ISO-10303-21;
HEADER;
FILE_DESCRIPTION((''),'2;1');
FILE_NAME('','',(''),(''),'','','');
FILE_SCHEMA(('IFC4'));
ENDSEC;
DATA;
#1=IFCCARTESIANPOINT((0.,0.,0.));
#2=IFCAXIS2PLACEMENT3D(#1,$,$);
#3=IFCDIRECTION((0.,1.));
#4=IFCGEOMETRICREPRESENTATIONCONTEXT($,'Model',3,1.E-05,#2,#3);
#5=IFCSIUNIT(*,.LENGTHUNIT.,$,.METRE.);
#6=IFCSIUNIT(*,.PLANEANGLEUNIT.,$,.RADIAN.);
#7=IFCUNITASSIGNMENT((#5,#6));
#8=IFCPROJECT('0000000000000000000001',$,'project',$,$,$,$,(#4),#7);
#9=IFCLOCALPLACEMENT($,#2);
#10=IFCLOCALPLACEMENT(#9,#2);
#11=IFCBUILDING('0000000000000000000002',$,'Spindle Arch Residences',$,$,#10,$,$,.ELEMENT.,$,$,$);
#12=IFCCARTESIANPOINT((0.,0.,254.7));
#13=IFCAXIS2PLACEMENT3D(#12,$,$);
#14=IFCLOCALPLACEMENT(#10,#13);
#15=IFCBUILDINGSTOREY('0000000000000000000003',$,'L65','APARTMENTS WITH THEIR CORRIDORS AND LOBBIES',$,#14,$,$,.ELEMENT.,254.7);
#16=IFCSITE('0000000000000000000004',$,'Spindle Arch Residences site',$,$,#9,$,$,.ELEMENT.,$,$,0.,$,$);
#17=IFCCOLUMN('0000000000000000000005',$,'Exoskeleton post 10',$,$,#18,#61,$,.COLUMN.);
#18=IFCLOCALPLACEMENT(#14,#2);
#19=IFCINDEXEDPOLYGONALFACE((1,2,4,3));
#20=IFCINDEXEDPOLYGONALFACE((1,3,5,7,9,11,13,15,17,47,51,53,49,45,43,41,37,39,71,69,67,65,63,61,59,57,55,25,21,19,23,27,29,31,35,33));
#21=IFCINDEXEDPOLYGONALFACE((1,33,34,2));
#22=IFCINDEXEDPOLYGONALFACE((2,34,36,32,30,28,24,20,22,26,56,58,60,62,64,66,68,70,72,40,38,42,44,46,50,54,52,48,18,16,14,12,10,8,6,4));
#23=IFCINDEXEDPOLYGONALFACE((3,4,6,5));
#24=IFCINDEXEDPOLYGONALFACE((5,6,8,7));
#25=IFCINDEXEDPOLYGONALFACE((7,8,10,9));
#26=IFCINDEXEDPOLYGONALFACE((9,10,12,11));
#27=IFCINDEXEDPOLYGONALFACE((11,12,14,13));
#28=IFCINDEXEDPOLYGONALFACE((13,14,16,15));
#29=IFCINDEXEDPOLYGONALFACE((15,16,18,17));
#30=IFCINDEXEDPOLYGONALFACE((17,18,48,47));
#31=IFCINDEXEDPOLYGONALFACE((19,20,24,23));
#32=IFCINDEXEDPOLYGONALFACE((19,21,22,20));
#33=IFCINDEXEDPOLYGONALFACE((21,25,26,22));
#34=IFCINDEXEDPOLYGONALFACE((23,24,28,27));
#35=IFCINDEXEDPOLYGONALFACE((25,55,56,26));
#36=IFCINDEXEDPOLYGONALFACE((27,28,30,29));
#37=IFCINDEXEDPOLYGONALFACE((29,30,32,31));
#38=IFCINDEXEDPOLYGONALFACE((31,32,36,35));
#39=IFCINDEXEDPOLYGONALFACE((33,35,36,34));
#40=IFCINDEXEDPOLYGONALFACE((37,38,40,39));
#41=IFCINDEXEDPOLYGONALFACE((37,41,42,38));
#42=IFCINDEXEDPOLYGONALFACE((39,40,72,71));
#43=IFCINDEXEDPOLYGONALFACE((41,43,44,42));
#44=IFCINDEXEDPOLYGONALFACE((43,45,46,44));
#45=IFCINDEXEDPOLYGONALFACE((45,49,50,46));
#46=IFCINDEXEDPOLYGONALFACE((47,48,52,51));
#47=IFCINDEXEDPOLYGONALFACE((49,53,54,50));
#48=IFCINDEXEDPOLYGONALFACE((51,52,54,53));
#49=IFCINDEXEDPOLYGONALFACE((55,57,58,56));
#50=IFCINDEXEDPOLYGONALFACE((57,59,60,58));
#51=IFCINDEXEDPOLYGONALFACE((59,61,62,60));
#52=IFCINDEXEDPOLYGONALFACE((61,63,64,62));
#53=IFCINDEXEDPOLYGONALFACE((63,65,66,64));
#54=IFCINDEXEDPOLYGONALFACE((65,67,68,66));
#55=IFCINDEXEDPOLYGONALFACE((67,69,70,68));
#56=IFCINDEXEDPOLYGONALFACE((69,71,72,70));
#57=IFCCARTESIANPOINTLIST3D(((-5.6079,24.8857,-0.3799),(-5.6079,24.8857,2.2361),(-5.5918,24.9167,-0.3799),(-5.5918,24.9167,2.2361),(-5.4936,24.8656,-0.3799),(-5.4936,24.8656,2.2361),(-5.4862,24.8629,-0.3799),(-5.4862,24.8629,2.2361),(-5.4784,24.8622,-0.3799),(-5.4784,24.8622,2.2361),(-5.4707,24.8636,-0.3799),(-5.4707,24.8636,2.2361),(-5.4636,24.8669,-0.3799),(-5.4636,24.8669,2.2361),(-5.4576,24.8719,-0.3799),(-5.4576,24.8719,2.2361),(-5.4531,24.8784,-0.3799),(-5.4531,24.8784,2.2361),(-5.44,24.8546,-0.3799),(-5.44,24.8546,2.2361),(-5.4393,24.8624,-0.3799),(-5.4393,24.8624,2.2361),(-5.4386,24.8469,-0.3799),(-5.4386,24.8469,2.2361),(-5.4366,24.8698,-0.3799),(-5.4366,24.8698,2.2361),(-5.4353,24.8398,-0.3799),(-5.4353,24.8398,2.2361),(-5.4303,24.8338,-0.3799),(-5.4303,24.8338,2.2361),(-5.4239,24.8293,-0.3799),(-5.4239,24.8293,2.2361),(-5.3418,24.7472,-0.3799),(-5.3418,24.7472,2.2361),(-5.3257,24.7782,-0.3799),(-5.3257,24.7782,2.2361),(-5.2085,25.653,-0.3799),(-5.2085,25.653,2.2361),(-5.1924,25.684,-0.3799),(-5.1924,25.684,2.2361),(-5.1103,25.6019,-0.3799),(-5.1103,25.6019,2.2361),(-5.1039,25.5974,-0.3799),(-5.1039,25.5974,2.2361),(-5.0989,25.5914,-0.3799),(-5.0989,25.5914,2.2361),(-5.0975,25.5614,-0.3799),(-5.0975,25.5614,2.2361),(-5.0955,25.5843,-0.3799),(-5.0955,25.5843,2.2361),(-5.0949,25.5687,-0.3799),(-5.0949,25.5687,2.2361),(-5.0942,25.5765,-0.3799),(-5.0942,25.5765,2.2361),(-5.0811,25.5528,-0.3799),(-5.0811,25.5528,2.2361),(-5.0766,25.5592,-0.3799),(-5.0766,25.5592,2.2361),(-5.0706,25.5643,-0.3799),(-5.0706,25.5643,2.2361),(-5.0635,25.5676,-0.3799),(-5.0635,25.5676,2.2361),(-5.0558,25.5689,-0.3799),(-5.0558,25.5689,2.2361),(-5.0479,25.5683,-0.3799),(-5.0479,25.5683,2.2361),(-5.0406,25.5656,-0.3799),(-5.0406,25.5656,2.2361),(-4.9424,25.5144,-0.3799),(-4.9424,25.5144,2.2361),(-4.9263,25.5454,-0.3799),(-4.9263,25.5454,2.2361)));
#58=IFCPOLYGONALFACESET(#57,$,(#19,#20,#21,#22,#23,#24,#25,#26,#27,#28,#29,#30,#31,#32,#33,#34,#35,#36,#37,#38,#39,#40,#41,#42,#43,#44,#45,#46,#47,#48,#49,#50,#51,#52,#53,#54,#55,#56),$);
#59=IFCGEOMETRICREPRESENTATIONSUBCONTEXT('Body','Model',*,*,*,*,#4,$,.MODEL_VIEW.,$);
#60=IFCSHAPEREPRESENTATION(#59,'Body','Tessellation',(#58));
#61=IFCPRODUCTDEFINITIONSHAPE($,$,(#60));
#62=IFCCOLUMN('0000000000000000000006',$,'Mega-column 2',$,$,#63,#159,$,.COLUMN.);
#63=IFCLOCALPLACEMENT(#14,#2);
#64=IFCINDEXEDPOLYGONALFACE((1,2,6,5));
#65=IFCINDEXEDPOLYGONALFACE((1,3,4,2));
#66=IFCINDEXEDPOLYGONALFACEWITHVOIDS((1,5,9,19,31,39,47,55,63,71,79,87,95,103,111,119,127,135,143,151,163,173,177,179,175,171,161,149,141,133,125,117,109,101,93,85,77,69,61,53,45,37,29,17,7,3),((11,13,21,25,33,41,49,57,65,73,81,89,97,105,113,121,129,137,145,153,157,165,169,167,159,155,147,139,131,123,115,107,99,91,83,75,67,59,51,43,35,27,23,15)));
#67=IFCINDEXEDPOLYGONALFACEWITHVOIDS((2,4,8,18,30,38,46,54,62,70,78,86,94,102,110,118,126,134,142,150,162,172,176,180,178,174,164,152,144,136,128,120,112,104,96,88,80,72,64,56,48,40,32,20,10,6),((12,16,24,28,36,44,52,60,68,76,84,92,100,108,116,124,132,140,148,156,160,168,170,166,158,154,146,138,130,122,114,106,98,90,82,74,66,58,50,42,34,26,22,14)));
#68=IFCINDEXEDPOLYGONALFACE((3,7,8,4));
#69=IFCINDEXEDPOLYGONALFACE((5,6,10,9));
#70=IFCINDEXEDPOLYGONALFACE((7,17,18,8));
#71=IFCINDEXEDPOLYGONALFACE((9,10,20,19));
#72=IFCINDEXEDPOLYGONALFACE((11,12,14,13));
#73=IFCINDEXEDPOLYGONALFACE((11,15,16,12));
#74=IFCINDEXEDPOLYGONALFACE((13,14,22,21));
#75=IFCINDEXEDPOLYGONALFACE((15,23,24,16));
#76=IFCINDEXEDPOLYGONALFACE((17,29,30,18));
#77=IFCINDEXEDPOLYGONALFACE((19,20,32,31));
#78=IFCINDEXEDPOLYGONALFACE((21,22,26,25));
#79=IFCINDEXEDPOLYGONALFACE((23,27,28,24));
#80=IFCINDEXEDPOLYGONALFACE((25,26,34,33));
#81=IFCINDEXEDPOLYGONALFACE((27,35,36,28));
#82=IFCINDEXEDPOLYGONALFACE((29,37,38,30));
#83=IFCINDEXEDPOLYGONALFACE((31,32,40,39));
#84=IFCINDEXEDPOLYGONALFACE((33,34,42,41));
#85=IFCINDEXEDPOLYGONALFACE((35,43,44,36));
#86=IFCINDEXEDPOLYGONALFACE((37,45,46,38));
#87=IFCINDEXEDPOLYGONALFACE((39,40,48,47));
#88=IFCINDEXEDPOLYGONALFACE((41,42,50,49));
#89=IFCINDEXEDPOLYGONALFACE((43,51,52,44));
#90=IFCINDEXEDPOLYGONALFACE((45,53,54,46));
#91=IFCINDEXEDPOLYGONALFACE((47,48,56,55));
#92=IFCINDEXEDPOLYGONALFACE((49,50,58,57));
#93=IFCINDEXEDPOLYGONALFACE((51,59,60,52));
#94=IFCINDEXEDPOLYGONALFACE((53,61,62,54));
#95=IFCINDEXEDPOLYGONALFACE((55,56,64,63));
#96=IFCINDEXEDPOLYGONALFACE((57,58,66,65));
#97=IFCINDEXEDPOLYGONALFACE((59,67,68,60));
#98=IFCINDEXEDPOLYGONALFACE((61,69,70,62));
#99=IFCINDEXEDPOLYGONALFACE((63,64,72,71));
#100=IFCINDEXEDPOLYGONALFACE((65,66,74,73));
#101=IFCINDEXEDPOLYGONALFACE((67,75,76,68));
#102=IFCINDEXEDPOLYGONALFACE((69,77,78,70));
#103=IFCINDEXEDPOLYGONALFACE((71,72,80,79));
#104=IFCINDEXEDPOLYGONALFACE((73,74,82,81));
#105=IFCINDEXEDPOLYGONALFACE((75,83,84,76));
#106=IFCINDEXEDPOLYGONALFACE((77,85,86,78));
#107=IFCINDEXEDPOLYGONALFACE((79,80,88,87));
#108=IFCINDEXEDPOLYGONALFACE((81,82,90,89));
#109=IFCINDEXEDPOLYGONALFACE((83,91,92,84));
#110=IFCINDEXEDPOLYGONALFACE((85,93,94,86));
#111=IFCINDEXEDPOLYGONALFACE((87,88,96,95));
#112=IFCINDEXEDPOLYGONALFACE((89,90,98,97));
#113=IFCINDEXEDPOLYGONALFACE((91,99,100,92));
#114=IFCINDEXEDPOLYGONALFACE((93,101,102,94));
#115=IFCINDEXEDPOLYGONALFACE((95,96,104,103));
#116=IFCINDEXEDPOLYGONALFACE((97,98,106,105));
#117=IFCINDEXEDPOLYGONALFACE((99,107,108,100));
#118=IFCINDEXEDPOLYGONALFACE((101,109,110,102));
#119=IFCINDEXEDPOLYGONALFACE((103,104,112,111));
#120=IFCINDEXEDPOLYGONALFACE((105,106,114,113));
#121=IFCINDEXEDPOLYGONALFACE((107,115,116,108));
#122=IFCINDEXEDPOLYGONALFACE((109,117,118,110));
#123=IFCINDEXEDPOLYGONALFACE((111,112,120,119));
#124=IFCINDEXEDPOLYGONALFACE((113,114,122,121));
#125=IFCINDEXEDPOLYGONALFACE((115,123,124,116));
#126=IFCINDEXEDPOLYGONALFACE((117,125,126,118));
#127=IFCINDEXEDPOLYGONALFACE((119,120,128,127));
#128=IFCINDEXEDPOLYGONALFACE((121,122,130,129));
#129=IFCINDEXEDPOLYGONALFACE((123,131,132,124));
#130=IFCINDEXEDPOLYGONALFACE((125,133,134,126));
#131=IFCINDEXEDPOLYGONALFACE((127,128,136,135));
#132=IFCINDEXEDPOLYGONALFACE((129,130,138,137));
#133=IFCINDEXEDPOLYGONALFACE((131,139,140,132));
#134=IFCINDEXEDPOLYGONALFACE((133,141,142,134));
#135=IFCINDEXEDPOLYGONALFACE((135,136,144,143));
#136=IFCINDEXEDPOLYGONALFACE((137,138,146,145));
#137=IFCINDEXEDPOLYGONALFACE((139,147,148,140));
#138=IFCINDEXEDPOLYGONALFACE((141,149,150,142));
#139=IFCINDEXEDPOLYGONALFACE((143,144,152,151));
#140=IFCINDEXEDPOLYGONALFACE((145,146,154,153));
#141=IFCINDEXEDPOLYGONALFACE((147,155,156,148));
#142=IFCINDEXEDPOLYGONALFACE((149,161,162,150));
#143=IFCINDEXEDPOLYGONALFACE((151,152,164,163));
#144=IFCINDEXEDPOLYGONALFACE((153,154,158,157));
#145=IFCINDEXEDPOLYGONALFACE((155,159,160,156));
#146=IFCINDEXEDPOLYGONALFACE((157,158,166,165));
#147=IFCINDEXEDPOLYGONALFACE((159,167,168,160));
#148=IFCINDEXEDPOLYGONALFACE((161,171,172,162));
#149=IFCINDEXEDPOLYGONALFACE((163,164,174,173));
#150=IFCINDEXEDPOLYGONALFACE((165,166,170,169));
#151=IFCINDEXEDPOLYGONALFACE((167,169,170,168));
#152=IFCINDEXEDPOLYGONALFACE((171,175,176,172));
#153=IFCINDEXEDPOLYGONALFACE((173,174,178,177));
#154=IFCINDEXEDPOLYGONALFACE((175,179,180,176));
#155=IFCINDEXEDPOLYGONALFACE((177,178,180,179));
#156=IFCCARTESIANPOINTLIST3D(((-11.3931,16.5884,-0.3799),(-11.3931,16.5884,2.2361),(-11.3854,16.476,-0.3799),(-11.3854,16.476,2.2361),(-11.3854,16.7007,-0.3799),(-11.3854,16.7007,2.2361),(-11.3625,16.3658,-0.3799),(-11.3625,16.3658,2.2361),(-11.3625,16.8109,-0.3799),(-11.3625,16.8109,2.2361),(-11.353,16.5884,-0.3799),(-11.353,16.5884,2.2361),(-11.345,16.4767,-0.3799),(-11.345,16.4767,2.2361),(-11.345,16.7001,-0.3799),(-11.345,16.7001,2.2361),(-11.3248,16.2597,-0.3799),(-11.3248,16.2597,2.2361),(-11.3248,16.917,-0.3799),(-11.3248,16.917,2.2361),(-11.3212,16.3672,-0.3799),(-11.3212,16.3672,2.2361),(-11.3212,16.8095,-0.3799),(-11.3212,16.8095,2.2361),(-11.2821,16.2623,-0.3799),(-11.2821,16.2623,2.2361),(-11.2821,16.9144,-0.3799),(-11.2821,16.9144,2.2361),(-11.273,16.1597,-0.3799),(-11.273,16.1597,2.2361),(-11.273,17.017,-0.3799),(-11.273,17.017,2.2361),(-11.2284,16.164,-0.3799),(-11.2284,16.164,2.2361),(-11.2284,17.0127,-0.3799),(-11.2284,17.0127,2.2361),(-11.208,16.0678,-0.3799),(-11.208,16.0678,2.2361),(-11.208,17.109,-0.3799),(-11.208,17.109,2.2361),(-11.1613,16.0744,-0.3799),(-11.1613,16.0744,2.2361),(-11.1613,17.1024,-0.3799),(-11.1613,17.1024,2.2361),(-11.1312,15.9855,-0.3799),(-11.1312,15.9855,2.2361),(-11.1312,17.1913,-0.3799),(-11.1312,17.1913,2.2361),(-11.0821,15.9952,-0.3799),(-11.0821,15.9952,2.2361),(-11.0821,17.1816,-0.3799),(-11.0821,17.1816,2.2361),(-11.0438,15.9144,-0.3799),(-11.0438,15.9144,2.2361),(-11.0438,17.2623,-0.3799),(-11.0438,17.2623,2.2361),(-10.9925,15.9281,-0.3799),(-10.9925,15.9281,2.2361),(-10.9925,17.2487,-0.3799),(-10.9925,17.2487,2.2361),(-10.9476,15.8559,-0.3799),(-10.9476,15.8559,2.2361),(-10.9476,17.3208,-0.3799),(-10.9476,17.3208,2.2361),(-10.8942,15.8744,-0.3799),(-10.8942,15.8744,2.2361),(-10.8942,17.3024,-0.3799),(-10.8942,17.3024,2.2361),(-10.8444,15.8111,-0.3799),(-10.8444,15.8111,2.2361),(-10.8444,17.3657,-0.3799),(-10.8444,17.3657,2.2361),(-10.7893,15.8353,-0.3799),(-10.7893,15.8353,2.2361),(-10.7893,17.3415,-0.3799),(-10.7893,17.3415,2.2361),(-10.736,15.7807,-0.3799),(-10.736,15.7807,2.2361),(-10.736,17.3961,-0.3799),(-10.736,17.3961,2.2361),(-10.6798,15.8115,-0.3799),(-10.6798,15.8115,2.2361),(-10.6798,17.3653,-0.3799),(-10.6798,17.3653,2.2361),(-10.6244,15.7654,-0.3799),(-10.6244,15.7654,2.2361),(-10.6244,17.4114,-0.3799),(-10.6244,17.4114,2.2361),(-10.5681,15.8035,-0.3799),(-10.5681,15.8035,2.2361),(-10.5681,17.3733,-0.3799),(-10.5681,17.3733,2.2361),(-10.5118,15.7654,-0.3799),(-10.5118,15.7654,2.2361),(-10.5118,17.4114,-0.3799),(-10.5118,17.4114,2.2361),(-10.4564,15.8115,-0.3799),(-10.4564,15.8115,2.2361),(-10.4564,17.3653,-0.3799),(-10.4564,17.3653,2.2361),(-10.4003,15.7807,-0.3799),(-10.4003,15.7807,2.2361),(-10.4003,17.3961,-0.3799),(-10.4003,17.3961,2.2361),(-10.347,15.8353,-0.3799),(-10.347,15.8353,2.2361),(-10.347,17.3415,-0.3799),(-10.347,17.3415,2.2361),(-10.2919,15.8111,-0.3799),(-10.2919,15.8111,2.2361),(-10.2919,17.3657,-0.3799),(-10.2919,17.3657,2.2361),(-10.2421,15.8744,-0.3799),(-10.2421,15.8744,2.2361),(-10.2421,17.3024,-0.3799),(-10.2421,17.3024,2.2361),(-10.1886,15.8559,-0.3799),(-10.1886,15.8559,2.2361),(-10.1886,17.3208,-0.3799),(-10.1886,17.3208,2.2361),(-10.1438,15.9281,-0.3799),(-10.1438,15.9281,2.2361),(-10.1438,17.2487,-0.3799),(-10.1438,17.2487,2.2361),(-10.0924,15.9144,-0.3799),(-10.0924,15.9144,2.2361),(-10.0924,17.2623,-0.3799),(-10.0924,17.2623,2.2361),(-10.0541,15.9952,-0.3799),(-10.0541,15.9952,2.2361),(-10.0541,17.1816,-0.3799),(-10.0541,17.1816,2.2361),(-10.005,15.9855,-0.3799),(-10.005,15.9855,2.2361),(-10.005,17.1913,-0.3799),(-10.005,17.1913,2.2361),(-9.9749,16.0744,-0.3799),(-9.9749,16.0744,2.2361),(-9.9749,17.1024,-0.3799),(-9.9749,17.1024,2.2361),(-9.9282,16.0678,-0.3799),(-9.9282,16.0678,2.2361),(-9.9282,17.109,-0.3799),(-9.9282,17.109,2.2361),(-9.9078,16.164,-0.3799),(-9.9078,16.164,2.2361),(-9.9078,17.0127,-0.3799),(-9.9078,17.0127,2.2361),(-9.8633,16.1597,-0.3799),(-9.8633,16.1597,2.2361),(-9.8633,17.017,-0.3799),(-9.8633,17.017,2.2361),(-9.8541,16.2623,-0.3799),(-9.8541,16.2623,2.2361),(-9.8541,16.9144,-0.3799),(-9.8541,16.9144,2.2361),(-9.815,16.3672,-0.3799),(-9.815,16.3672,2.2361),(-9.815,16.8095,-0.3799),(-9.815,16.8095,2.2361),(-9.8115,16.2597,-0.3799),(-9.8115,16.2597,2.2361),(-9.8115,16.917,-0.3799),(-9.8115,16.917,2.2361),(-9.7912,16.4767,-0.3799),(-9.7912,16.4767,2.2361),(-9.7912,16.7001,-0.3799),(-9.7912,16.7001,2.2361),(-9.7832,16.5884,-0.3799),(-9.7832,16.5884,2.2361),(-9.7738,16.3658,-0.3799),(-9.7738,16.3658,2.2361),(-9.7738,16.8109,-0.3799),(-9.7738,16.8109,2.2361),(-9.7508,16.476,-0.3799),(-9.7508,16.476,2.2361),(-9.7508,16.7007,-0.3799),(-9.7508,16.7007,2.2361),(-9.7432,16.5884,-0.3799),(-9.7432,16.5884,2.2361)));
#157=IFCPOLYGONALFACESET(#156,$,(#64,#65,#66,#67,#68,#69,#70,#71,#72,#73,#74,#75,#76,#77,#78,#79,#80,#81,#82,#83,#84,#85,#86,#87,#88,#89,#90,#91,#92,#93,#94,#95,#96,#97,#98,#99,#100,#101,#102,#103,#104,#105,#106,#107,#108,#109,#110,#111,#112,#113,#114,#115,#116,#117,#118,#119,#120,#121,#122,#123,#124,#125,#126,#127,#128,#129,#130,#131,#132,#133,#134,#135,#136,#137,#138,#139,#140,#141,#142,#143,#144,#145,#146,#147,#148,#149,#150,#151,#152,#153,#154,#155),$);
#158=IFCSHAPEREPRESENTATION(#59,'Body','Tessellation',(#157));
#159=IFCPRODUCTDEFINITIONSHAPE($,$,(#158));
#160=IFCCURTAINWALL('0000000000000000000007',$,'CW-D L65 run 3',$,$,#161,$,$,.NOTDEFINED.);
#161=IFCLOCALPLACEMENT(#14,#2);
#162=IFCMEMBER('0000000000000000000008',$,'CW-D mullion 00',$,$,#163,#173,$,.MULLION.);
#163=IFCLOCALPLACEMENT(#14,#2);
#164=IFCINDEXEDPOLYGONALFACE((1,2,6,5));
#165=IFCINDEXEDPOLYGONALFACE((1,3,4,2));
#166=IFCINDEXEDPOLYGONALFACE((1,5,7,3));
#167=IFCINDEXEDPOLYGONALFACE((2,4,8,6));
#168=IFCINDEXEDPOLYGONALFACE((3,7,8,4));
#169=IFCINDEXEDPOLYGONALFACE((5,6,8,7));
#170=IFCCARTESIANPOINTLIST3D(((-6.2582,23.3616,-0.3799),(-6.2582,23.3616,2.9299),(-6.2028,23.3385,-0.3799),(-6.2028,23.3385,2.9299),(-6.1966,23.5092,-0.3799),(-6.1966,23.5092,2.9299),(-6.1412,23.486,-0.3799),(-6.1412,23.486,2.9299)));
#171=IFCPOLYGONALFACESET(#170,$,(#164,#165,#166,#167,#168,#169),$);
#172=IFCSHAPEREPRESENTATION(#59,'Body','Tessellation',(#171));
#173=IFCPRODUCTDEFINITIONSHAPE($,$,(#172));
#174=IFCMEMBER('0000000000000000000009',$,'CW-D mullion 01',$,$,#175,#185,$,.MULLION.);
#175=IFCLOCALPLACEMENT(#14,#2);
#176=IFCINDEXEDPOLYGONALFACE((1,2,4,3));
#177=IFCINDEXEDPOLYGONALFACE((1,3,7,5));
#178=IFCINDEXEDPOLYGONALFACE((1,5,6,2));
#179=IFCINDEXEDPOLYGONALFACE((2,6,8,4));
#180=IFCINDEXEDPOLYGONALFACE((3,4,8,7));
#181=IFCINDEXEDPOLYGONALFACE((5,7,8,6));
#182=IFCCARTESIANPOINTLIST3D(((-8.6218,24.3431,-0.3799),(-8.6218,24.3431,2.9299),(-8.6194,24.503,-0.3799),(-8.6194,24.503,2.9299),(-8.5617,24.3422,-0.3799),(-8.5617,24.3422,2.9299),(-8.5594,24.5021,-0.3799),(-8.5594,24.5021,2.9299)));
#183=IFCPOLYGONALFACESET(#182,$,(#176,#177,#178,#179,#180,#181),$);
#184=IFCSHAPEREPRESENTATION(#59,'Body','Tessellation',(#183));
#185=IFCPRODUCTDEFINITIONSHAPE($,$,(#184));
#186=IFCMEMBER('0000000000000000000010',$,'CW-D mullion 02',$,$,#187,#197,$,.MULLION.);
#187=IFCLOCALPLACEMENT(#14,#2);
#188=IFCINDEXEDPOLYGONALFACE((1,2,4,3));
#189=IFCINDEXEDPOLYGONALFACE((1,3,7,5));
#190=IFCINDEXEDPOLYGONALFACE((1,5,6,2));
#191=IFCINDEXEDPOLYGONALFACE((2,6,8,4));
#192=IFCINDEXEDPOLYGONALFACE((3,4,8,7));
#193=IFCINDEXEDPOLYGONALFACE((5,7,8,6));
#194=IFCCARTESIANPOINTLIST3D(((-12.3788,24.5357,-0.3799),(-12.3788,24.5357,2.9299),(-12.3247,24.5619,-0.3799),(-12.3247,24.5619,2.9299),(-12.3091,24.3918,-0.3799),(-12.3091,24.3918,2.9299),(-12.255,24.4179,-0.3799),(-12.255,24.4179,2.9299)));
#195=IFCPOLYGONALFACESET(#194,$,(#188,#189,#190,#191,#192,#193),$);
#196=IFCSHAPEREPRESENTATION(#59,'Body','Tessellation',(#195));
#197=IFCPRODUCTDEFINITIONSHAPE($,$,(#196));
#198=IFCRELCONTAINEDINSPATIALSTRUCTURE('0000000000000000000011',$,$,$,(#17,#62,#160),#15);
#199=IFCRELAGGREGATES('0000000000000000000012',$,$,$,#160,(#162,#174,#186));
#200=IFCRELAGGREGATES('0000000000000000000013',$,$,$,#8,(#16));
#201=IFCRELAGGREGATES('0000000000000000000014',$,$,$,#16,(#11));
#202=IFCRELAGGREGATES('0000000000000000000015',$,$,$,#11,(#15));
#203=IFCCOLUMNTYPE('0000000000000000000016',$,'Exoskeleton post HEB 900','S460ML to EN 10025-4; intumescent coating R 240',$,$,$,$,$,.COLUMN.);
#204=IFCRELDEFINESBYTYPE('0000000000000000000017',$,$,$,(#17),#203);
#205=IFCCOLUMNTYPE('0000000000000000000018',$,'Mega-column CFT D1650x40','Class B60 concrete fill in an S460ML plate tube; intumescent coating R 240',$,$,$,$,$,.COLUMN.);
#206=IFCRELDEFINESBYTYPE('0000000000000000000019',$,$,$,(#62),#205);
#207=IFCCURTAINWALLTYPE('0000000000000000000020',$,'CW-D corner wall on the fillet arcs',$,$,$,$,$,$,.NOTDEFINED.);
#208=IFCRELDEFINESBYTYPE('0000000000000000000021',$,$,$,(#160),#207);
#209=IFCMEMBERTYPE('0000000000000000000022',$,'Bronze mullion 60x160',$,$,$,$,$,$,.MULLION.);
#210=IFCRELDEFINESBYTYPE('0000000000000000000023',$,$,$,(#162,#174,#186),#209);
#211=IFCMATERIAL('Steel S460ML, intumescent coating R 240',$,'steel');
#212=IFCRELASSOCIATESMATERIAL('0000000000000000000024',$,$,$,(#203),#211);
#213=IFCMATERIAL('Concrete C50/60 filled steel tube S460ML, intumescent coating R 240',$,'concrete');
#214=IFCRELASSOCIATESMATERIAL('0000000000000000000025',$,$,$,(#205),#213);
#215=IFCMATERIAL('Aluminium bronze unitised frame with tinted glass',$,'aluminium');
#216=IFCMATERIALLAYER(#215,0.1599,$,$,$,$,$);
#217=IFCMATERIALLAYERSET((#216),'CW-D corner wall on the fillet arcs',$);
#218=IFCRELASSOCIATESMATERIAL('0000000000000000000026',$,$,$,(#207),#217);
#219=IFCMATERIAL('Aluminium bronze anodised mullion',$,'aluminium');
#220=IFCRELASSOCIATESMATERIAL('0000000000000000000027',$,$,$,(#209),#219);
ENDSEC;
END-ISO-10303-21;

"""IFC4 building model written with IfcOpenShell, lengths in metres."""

from ifc_helpers import new_model, si_unit, direction, frame, origin, origin_2d, place, context, subcontext, project, spatial, rectangle, hollow_circle, i_section, extrude, material, layer, layer_set, material_profile, profile_set, type_object, element, aggregate, save


model = new_model("IFC4")

# Units and contexts
model_context = context("Model", 3, precision=1e-05, world=origin(), true_north=direction((0.0, 1.0)))
body_context = subcontext(model_context, "Body", "Model", "MODEL_VIEW")
ifc_project = project(units=[si_unit("LENGTHUNIT", "METRE"), si_unit("PLANEANGLEUNIT", "RADIAN")], contexts=[model_context])

# Site, building, storey
site_placement = place(None, origin())
site = spatial("IfcSite", under=ifc_project, at=site_placement, Name="Spindle Arch Residences site", CompositionType="ELEMENT", RefElevation=0.0)
building_placement = place(site_placement, origin())
building = spatial("IfcBuilding", under=site, at=building_placement, Name="Spindle Arch Residences", CompositionType="ELEMENT")
storey_placement = place(building_placement, frame((0.0, 0.0, 254.7)))
storey = spatial("IfcBuildingStorey", under=building, at=storey_placement, Name="L65", Description="APARTMENTS WITH THEIR CORRIDORS AND LOBBIES", CompositionType="ELEMENT", Elevation=254.7)

# Columns
ifc_material_1 = material(Name="Steel S460ML, intumescent coating R 240", Category="steel")
ifc_material_profile_1 = material_profile(ifc_material_1, i_section(OverallWidth=0.3, OverallDepth=0.8999, WebThickness=0.0186, FlangeThickness=0.0349, FilletRadius=0.03, at=origin_2d()), Name="HEB 900")
ifc_profile_set_1 = profile_set([ifc_material_profile_1], Name="Steel S460ML, intumescent coating R 240")
column_type_1 = type_object("IfcColumnType", Name="Exoskeleton post HEB 900", Description="S460ML to EN 10025-4; intumescent coating R 240", PredefinedType="COLUMN", material=ifc_profile_set_1)
column_1_placement = place(storey_placement, frame((-5.2671, 25.2156, -0.3799), z_axis=(0.0, 0.0, 1.0), x_axis=(0.887011, -0.461749, 0.0)))
element("IfcColumn", 1, at=column_1_placement, inside=storey, type_object=column_type_1, Name="Exoskeleton post 10", PredefinedType="COLUMN", context=body_context, shape_type="SweptSolid", body=[
    extrude(i_section(OverallWidth=0.3, OverallDepth=0.8999, WebThickness=0.0186, FlangeThickness=0.0349, FilletRadius=0.03, at=origin_2d()), origin(), (0.0, 0.0, 1.0), 2.616),
])
ifc_material_2 = material(Name="Concrete C50/60 filled steel tube S460ML, intumescent coating R 240", Category="concrete")
ifc_material_profile_2 = material_profile(ifc_material_2, hollow_circle(Radius=0.825, WallThickness=0.04, at=origin_2d()), Name="CFT D1650x40")
ifc_profile_set_2 = profile_set([ifc_material_profile_2], Name="Concrete C50/60 filled steel tube S460ML, intumescent coating R 240")
column_type_2 = type_object("IfcColumnType", Name="Mega-column CFT D1650x40", Description="Class B60 concrete fill in an S460ML plate tube; intumescent coating R 240", PredefinedType="COLUMN", material=ifc_profile_set_2)
column_2_placement = place(storey_placement, frame((-10.5681, 16.5884, -0.3799), z_axis=(0.0, 0.0, 1.0), x_axis=(1.0, 0.0, 0.0)))
element("IfcColumn", 2, at=column_2_placement, inside=storey, type_object=column_type_2, Name="Mega-column 2", PredefinedType="COLUMN", context=body_context, shape_type="SweptSolid", body=[
    extrude(hollow_circle(Radius=0.825, WallThickness=0.04, at=origin_2d()), origin(), (0.0, 0.0, 1.0), 2.616),
])

# Curtain wall, members
ifc_material_3 = material(Name="Aluminium bronze unitised frame with tinted glass", Category="aluminium")
ifc_layer_1 = layer(ifc_material_3, 0.1599)
ifc_layer_set_1 = layer_set([ifc_layer_1], Name="CW-D corner wall on the fillet arcs")
curtain_wall_type_1 = type_object("IfcCurtainWallType", Name="CW-D corner wall on the fillet arcs", PredefinedType="NOTDEFINED", material=ifc_layer_set_1)
curtain_wall_1_placement = place(storey_placement, origin())
curtain_wall_1 = element("IfcCurtainWall", 3, at=curtain_wall_1_placement, inside=storey, type_object=curtain_wall_type_1, Name="CW-D L65 run 3", PredefinedType="NOTDEFINED")
ifc_material_4 = material(Name="Aluminium bronze anodised mullion", Category="aluminium")
ifc_material_profile_3 = material_profile(ifc_material_4, rectangle(XDim=0.1599, YDim=0.0601, at=origin_2d()), Name="MU 60x160")
ifc_profile_set_3 = profile_set([ifc_material_profile_3], Name="Aluminium bronze anodised mullion")
member_type_1 = type_object("IfcMemberType", Name="Bronze mullion 60x160", PredefinedType="MULLION", material=ifc_profile_set_3)
member_1_placement = place(storey_placement, frame((-6.1997, 23.4238, -0.3799), z_axis=(0.0, 0.0, 1.0), x_axis=(-0.385552, -0.922686, 0.0)))
member_1 = element("IfcMember", 4, at=member_1_placement, type_object=member_type_1, Name="CW-D mullion 00", PredefinedType="MULLION", context=body_context, shape_type="SweptSolid", body=[
    extrude(rectangle(XDim=0.1599, YDim=0.0601, at=origin_2d()), origin(), (0.0, 0.0, 1.0), 3.3098),
])
member_2_placement = place(storey_placement, frame((-8.5906, 24.4226, -0.3799), z_axis=(0.0, 0.0, 1.0), x_axis=(-0.014544, -0.999894, 0.0)))
member_2 = element("IfcMember", 5, at=member_2_placement, type_object=member_type_1, Name="CW-D mullion 01", PredefinedType="MULLION", context=body_context, shape_type="SweptSolid", body=[
    extrude(rectangle(XDim=0.1599, YDim=0.0601, at=origin_2d()), origin(), (0.0, 0.0, 1.0), 3.3098),
])
member_3_placement = place(storey_placement, frame((-12.3169, 24.4768, -0.3799), z_axis=(0.0, 0.0, 1.0), x_axis=(0.435755, -0.900065, 0.0)))
member_3 = element("IfcMember", 6, at=member_3_placement, type_object=member_type_1, Name="CW-D mullion 02", PredefinedType="MULLION", context=body_context, shape_type="SweptSolid", body=[
    extrude(rectangle(XDim=0.1599, YDim=0.0601, at=origin_2d()), origin(), (0.0, 0.0, 1.0), 3.3098),
])

aggregate(curtain_wall_1, [member_1, member_2, member_3])

save(model, "model.ifc")
